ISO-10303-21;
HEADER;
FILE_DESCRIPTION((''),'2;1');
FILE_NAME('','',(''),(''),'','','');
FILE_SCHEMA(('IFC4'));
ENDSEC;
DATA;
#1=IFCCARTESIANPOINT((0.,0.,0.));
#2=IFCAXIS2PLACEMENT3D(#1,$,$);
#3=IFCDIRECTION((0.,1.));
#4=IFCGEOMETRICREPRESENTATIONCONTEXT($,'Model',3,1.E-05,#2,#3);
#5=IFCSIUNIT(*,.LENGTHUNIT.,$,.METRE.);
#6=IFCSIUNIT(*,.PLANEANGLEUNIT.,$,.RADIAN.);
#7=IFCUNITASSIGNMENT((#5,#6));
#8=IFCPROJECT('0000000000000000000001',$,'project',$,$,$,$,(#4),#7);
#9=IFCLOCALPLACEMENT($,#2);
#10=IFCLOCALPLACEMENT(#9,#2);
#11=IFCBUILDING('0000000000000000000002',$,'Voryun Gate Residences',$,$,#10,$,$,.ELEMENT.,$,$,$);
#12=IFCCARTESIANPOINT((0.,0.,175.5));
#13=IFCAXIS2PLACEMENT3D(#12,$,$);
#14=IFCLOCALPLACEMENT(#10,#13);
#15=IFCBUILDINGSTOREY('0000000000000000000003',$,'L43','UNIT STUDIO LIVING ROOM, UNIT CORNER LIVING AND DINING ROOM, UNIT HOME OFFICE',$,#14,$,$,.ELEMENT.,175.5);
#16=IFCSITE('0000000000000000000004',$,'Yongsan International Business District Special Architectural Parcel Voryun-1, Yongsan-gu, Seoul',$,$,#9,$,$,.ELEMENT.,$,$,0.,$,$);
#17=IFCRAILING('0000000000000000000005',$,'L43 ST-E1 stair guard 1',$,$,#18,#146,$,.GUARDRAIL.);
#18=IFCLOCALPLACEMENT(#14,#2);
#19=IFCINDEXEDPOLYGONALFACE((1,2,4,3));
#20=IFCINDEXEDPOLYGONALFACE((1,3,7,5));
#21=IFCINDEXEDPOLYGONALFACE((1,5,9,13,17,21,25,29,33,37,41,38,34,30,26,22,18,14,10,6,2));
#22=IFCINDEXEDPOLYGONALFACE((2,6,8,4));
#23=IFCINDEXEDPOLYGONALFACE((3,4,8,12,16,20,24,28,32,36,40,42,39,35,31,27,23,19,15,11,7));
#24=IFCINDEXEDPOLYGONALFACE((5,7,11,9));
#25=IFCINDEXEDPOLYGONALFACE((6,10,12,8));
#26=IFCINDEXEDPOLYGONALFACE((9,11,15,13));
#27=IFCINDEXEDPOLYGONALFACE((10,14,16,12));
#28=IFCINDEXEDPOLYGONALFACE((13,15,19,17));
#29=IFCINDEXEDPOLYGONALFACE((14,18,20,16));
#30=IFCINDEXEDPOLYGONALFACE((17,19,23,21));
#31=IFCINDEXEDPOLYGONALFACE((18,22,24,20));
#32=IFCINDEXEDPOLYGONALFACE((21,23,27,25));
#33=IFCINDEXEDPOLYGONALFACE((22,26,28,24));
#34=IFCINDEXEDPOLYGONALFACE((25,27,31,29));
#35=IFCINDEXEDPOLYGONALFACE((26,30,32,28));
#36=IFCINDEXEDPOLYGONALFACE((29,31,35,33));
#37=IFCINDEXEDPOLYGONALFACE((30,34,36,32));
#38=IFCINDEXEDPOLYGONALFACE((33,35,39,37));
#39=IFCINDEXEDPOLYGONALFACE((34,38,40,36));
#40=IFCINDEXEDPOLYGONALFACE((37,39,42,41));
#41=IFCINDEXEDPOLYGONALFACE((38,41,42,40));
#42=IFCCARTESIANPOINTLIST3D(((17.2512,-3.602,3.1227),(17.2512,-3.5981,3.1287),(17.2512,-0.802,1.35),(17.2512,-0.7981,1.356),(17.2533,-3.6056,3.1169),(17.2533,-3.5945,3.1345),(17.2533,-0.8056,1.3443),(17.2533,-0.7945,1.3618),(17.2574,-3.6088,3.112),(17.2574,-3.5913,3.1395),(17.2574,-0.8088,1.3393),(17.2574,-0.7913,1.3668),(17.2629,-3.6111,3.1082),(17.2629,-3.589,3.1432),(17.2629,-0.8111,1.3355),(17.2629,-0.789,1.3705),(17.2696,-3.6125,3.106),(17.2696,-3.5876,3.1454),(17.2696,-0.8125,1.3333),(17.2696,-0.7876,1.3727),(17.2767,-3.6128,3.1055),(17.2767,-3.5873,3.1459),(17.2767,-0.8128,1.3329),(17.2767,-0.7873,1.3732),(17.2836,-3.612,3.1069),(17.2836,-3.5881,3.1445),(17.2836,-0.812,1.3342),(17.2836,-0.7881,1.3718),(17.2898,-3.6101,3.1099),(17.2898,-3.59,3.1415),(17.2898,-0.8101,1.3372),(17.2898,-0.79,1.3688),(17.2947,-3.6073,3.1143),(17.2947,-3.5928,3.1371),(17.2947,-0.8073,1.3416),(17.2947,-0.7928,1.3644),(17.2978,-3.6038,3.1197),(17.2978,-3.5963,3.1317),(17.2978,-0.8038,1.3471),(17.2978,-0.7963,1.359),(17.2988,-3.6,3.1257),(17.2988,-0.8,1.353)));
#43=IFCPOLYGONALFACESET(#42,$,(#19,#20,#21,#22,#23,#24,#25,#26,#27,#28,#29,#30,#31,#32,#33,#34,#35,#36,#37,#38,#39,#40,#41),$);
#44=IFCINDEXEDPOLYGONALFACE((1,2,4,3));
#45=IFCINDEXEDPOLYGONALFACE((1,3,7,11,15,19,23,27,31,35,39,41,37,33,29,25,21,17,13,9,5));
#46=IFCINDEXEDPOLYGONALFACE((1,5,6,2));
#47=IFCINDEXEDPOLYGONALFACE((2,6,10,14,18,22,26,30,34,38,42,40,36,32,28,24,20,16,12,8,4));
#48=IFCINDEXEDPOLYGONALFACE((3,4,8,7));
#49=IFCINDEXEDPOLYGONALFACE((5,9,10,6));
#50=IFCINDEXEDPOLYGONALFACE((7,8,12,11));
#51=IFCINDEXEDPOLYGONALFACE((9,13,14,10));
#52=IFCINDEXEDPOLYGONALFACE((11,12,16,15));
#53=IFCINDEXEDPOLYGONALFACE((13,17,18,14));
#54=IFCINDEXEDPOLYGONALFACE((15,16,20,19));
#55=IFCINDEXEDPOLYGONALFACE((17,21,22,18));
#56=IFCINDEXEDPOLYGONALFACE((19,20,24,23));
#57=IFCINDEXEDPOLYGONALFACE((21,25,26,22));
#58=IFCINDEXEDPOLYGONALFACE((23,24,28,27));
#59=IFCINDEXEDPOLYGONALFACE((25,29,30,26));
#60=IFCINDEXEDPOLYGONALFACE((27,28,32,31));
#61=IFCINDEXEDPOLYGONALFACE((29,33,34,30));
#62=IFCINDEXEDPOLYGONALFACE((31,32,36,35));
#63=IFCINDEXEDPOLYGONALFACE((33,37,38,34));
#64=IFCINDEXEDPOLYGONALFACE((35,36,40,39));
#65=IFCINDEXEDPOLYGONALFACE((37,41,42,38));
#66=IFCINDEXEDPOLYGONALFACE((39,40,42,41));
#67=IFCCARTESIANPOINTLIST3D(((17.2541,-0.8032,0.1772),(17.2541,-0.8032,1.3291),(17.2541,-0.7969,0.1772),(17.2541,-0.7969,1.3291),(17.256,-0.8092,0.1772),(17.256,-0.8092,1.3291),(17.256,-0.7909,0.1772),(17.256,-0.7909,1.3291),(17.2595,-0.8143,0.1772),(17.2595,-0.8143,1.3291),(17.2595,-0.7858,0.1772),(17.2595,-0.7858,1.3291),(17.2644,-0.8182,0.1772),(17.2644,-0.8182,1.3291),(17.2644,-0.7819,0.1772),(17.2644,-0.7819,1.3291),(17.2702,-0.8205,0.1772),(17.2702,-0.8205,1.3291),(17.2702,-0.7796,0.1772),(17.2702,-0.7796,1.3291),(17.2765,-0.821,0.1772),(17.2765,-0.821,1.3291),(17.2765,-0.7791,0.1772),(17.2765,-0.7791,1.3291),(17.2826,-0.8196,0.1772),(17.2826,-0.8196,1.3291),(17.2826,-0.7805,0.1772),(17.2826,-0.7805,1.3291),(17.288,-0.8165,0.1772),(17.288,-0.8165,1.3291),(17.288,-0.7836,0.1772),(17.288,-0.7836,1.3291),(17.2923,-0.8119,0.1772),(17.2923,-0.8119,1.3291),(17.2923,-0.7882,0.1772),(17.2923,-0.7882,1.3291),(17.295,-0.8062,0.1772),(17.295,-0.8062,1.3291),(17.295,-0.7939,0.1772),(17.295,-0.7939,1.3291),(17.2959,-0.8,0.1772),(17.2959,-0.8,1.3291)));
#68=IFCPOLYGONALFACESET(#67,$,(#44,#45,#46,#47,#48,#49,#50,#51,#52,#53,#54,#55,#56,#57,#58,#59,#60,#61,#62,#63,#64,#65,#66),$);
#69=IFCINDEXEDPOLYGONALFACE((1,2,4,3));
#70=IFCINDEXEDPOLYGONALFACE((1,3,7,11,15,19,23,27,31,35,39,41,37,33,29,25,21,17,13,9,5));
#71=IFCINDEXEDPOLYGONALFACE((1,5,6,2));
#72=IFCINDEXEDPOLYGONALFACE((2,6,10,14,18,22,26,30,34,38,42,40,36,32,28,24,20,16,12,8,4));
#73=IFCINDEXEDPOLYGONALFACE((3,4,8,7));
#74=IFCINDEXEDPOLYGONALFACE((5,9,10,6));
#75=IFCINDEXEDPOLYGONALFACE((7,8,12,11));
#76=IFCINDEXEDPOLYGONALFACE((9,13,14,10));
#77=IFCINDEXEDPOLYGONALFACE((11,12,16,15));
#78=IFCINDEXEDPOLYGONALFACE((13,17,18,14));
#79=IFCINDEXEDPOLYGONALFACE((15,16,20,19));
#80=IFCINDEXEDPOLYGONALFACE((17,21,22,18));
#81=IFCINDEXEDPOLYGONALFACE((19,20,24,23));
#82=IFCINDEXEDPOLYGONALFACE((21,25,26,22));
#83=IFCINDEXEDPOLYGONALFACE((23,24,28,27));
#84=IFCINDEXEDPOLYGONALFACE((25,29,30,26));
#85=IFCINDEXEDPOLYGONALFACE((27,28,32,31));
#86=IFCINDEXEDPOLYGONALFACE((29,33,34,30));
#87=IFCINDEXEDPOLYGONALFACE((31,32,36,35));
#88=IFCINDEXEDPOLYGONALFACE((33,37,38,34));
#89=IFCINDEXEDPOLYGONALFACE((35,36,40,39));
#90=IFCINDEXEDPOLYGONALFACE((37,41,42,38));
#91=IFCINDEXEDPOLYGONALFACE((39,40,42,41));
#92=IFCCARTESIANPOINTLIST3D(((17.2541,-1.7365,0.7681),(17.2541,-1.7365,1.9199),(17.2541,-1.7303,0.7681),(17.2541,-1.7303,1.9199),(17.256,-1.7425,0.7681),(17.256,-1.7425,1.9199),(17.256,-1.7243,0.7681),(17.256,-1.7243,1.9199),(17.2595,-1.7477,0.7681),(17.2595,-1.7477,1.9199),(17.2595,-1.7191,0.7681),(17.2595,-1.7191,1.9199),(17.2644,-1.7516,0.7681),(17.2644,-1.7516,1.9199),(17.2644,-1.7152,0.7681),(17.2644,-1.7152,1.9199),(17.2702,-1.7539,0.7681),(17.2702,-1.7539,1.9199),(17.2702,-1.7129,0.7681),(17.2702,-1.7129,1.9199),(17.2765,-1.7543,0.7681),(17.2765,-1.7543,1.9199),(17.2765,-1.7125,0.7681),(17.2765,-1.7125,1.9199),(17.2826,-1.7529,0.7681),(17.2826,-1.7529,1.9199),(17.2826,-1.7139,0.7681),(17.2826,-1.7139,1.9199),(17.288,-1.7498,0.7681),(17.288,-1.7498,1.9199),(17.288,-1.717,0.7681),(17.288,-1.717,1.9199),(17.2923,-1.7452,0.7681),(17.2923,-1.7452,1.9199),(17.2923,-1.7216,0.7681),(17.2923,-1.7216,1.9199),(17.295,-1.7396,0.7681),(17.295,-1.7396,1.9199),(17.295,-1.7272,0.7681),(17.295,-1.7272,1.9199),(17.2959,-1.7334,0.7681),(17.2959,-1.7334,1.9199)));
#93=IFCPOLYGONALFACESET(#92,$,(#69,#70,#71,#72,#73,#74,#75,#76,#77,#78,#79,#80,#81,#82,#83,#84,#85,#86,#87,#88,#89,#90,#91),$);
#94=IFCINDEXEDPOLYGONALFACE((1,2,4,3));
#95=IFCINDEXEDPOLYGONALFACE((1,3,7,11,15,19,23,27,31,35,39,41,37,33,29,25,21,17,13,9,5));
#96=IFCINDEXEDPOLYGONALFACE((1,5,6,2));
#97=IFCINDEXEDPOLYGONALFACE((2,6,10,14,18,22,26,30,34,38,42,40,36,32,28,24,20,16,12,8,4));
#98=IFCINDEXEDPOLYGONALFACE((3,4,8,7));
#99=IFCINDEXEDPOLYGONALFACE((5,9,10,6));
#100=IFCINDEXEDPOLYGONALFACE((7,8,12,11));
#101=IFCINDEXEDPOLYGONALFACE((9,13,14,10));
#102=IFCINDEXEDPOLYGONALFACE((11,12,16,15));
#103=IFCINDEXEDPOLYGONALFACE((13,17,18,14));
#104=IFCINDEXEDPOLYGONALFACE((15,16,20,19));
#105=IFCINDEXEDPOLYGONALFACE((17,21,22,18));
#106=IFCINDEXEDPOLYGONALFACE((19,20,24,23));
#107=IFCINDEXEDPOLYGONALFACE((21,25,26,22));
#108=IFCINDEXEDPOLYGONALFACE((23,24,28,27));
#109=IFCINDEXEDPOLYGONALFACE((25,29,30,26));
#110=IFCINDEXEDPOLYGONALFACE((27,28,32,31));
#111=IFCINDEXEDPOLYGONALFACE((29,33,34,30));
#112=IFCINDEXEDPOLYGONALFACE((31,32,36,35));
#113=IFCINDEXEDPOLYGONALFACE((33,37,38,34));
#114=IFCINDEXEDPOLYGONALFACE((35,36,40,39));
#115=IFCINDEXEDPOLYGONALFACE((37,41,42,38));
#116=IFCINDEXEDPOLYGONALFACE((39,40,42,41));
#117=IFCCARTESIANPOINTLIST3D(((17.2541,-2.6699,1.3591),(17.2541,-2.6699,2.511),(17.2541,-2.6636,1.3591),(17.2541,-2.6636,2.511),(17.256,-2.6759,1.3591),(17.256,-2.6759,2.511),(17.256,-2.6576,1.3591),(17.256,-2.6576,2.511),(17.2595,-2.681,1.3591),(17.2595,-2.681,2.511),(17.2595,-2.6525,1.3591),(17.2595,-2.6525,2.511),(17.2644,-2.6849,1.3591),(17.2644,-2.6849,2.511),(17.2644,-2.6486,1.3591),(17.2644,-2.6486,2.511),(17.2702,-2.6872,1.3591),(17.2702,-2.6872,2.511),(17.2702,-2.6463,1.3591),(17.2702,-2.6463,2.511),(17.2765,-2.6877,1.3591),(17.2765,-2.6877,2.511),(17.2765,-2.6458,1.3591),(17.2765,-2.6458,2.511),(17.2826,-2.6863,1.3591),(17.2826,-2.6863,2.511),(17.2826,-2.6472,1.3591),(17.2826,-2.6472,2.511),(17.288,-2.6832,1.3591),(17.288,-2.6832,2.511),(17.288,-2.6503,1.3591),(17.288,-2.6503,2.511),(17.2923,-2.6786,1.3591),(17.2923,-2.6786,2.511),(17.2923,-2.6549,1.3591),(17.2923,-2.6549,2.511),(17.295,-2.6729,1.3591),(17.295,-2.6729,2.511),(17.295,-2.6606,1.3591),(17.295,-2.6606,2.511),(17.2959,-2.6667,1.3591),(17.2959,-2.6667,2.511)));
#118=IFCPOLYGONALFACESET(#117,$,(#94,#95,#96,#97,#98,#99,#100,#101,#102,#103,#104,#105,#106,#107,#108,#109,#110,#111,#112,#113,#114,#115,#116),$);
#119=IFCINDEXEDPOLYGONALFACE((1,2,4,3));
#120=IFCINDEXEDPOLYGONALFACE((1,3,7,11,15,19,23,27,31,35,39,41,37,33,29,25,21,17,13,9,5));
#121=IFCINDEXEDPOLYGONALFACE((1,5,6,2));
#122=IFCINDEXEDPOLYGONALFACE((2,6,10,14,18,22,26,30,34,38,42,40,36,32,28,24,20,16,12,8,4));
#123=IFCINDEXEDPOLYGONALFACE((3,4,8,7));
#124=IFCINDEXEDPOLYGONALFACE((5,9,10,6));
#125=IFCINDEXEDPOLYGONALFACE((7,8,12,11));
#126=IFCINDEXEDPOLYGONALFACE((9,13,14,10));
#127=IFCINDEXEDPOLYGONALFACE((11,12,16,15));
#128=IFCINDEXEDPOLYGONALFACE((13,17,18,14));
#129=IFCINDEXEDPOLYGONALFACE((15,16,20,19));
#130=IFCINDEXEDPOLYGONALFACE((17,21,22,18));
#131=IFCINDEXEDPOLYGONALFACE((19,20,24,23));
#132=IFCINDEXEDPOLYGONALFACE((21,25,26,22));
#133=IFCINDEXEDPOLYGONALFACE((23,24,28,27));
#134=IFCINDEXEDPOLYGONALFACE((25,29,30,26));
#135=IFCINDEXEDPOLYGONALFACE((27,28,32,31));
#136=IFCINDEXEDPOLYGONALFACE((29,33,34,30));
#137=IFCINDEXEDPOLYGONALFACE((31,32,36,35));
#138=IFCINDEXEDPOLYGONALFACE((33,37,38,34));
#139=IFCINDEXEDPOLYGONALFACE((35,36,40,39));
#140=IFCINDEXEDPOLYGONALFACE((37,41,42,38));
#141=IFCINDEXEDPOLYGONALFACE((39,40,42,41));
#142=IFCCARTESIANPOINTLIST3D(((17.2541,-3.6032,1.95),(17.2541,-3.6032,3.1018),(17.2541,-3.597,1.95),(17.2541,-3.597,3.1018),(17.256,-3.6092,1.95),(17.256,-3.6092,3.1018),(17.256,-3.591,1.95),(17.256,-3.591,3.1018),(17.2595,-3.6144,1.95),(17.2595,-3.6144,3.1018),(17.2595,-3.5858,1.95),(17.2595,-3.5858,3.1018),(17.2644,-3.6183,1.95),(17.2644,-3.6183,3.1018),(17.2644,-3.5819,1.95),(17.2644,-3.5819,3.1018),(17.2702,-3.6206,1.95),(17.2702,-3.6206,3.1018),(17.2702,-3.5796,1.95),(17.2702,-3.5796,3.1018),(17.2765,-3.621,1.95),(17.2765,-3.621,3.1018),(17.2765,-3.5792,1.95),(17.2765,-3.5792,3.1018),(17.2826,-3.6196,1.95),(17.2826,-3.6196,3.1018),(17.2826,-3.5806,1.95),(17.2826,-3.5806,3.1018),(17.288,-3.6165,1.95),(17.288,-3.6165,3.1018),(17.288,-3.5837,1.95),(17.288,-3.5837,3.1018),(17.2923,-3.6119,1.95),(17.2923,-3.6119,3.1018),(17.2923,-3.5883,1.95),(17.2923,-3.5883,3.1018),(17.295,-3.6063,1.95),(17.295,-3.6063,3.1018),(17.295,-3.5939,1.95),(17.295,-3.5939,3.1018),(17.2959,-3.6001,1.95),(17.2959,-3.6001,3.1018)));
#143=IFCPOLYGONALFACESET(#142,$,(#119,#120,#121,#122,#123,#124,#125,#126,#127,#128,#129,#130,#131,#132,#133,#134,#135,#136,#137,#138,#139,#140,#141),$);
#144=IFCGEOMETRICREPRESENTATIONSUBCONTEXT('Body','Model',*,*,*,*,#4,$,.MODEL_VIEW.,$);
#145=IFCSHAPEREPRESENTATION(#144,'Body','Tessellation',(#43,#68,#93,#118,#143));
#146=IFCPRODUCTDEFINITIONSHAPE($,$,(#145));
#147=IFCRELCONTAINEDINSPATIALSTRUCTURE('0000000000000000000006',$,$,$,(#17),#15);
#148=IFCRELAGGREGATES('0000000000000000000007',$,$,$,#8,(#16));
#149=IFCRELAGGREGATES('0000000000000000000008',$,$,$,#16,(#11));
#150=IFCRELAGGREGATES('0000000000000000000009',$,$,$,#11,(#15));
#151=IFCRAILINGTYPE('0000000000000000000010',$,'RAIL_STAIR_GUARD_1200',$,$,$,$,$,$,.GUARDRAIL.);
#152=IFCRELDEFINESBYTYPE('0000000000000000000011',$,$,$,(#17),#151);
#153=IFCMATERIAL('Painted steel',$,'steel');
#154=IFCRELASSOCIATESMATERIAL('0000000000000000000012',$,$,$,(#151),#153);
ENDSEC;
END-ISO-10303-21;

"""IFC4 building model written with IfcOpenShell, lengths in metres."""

from ifc_helpers import new_model, si_unit, direction, frame, origin, origin_2d, place, context, subcontext, project, spatial, circle, extrude, material, type_object, element, save


model = new_model("IFC4")

# Units and contexts
model_context = context("Model", 3, precision=1e-05, world=origin(), true_north=direction((0.0, 1.0)))
body_context = subcontext(model_context, "Body", "Model", "MODEL_VIEW")
ifc_project = project(units=[si_unit("LENGTHUNIT", "METRE"), si_unit("PLANEANGLEUNIT", "RADIAN")], contexts=[model_context])

# Site, building, storey
site_placement = place(None, origin())
site = spatial("IfcSite", under=ifc_project, at=site_placement, Name="Yongsan International Business District Special Architectural Parcel Voryun-1, Yongsan-gu, Seoul", CompositionType="ELEMENT", RefElevation=0.0)
building_placement = place(site_placement, origin())
building = spatial("IfcBuilding", under=site, at=building_placement, Name="Voryun Gate Residences", CompositionType="ELEMENT")
storey_placement = place(building_placement, frame((0.0, 0.0, 175.5)))
storey = spatial("IfcBuildingStorey", under=building, at=storey_placement, Name="L43", Description="UNIT STUDIO LIVING ROOM, UNIT CORNER LIVING AND DINING ROOM, UNIT HOME OFFICE", CompositionType="ELEMENT", Elevation=175.5)

# Railing
ifc_material_1 = material(Name="Painted steel", Category="steel")
railing_type_1 = type_object("IfcRailingType", Name="RAIL_STAIR_GUARD_1200", PredefinedType="GUARDRAIL", material=ifc_material_1)
railing_1_placement = place(storey_placement, frame((17.2749, -0.8, 0.1772)))
element("IfcRailing", 1, at=railing_1_placement, inside=storey, type_object=railing_type_1, Name="L43 ST-E1 stair guard 1", PredefinedType="GUARDRAIL", context=body_context, shape_type="SweptSolid", body=[
    extrude(circle(Radius=0.0239, at=origin_2d()), frame((0.0, 0.0, 1.1758), z_axis=(0.0, -0.844909, 0.53491), x_axis=(1.0, 0.0, 0.0)), (0.0, 0.0, 1.0), 3.314),
    extrude(circle(Radius=0.021, at=origin_2d()), origin(), (0.0, 0.0, 1.0), 1.1519),
    extrude(circle(Radius=0.021, at=origin_2d()), frame((0.0, -0.9333, 0.5908)), (0.0, 0.0, 1.0), 1.1519),
    extrude(circle(Radius=0.021, at=origin_2d()), frame((0.0, -1.8667, 1.1819)), (0.0, 0.0, 1.0), 1.1519),
    extrude(circle(Radius=0.021, at=origin_2d()), frame((0.0, -2.8, 1.7727)), (0.0, 0.0, 1.0), 1.1519),
])

save(model, "model.ifc")
